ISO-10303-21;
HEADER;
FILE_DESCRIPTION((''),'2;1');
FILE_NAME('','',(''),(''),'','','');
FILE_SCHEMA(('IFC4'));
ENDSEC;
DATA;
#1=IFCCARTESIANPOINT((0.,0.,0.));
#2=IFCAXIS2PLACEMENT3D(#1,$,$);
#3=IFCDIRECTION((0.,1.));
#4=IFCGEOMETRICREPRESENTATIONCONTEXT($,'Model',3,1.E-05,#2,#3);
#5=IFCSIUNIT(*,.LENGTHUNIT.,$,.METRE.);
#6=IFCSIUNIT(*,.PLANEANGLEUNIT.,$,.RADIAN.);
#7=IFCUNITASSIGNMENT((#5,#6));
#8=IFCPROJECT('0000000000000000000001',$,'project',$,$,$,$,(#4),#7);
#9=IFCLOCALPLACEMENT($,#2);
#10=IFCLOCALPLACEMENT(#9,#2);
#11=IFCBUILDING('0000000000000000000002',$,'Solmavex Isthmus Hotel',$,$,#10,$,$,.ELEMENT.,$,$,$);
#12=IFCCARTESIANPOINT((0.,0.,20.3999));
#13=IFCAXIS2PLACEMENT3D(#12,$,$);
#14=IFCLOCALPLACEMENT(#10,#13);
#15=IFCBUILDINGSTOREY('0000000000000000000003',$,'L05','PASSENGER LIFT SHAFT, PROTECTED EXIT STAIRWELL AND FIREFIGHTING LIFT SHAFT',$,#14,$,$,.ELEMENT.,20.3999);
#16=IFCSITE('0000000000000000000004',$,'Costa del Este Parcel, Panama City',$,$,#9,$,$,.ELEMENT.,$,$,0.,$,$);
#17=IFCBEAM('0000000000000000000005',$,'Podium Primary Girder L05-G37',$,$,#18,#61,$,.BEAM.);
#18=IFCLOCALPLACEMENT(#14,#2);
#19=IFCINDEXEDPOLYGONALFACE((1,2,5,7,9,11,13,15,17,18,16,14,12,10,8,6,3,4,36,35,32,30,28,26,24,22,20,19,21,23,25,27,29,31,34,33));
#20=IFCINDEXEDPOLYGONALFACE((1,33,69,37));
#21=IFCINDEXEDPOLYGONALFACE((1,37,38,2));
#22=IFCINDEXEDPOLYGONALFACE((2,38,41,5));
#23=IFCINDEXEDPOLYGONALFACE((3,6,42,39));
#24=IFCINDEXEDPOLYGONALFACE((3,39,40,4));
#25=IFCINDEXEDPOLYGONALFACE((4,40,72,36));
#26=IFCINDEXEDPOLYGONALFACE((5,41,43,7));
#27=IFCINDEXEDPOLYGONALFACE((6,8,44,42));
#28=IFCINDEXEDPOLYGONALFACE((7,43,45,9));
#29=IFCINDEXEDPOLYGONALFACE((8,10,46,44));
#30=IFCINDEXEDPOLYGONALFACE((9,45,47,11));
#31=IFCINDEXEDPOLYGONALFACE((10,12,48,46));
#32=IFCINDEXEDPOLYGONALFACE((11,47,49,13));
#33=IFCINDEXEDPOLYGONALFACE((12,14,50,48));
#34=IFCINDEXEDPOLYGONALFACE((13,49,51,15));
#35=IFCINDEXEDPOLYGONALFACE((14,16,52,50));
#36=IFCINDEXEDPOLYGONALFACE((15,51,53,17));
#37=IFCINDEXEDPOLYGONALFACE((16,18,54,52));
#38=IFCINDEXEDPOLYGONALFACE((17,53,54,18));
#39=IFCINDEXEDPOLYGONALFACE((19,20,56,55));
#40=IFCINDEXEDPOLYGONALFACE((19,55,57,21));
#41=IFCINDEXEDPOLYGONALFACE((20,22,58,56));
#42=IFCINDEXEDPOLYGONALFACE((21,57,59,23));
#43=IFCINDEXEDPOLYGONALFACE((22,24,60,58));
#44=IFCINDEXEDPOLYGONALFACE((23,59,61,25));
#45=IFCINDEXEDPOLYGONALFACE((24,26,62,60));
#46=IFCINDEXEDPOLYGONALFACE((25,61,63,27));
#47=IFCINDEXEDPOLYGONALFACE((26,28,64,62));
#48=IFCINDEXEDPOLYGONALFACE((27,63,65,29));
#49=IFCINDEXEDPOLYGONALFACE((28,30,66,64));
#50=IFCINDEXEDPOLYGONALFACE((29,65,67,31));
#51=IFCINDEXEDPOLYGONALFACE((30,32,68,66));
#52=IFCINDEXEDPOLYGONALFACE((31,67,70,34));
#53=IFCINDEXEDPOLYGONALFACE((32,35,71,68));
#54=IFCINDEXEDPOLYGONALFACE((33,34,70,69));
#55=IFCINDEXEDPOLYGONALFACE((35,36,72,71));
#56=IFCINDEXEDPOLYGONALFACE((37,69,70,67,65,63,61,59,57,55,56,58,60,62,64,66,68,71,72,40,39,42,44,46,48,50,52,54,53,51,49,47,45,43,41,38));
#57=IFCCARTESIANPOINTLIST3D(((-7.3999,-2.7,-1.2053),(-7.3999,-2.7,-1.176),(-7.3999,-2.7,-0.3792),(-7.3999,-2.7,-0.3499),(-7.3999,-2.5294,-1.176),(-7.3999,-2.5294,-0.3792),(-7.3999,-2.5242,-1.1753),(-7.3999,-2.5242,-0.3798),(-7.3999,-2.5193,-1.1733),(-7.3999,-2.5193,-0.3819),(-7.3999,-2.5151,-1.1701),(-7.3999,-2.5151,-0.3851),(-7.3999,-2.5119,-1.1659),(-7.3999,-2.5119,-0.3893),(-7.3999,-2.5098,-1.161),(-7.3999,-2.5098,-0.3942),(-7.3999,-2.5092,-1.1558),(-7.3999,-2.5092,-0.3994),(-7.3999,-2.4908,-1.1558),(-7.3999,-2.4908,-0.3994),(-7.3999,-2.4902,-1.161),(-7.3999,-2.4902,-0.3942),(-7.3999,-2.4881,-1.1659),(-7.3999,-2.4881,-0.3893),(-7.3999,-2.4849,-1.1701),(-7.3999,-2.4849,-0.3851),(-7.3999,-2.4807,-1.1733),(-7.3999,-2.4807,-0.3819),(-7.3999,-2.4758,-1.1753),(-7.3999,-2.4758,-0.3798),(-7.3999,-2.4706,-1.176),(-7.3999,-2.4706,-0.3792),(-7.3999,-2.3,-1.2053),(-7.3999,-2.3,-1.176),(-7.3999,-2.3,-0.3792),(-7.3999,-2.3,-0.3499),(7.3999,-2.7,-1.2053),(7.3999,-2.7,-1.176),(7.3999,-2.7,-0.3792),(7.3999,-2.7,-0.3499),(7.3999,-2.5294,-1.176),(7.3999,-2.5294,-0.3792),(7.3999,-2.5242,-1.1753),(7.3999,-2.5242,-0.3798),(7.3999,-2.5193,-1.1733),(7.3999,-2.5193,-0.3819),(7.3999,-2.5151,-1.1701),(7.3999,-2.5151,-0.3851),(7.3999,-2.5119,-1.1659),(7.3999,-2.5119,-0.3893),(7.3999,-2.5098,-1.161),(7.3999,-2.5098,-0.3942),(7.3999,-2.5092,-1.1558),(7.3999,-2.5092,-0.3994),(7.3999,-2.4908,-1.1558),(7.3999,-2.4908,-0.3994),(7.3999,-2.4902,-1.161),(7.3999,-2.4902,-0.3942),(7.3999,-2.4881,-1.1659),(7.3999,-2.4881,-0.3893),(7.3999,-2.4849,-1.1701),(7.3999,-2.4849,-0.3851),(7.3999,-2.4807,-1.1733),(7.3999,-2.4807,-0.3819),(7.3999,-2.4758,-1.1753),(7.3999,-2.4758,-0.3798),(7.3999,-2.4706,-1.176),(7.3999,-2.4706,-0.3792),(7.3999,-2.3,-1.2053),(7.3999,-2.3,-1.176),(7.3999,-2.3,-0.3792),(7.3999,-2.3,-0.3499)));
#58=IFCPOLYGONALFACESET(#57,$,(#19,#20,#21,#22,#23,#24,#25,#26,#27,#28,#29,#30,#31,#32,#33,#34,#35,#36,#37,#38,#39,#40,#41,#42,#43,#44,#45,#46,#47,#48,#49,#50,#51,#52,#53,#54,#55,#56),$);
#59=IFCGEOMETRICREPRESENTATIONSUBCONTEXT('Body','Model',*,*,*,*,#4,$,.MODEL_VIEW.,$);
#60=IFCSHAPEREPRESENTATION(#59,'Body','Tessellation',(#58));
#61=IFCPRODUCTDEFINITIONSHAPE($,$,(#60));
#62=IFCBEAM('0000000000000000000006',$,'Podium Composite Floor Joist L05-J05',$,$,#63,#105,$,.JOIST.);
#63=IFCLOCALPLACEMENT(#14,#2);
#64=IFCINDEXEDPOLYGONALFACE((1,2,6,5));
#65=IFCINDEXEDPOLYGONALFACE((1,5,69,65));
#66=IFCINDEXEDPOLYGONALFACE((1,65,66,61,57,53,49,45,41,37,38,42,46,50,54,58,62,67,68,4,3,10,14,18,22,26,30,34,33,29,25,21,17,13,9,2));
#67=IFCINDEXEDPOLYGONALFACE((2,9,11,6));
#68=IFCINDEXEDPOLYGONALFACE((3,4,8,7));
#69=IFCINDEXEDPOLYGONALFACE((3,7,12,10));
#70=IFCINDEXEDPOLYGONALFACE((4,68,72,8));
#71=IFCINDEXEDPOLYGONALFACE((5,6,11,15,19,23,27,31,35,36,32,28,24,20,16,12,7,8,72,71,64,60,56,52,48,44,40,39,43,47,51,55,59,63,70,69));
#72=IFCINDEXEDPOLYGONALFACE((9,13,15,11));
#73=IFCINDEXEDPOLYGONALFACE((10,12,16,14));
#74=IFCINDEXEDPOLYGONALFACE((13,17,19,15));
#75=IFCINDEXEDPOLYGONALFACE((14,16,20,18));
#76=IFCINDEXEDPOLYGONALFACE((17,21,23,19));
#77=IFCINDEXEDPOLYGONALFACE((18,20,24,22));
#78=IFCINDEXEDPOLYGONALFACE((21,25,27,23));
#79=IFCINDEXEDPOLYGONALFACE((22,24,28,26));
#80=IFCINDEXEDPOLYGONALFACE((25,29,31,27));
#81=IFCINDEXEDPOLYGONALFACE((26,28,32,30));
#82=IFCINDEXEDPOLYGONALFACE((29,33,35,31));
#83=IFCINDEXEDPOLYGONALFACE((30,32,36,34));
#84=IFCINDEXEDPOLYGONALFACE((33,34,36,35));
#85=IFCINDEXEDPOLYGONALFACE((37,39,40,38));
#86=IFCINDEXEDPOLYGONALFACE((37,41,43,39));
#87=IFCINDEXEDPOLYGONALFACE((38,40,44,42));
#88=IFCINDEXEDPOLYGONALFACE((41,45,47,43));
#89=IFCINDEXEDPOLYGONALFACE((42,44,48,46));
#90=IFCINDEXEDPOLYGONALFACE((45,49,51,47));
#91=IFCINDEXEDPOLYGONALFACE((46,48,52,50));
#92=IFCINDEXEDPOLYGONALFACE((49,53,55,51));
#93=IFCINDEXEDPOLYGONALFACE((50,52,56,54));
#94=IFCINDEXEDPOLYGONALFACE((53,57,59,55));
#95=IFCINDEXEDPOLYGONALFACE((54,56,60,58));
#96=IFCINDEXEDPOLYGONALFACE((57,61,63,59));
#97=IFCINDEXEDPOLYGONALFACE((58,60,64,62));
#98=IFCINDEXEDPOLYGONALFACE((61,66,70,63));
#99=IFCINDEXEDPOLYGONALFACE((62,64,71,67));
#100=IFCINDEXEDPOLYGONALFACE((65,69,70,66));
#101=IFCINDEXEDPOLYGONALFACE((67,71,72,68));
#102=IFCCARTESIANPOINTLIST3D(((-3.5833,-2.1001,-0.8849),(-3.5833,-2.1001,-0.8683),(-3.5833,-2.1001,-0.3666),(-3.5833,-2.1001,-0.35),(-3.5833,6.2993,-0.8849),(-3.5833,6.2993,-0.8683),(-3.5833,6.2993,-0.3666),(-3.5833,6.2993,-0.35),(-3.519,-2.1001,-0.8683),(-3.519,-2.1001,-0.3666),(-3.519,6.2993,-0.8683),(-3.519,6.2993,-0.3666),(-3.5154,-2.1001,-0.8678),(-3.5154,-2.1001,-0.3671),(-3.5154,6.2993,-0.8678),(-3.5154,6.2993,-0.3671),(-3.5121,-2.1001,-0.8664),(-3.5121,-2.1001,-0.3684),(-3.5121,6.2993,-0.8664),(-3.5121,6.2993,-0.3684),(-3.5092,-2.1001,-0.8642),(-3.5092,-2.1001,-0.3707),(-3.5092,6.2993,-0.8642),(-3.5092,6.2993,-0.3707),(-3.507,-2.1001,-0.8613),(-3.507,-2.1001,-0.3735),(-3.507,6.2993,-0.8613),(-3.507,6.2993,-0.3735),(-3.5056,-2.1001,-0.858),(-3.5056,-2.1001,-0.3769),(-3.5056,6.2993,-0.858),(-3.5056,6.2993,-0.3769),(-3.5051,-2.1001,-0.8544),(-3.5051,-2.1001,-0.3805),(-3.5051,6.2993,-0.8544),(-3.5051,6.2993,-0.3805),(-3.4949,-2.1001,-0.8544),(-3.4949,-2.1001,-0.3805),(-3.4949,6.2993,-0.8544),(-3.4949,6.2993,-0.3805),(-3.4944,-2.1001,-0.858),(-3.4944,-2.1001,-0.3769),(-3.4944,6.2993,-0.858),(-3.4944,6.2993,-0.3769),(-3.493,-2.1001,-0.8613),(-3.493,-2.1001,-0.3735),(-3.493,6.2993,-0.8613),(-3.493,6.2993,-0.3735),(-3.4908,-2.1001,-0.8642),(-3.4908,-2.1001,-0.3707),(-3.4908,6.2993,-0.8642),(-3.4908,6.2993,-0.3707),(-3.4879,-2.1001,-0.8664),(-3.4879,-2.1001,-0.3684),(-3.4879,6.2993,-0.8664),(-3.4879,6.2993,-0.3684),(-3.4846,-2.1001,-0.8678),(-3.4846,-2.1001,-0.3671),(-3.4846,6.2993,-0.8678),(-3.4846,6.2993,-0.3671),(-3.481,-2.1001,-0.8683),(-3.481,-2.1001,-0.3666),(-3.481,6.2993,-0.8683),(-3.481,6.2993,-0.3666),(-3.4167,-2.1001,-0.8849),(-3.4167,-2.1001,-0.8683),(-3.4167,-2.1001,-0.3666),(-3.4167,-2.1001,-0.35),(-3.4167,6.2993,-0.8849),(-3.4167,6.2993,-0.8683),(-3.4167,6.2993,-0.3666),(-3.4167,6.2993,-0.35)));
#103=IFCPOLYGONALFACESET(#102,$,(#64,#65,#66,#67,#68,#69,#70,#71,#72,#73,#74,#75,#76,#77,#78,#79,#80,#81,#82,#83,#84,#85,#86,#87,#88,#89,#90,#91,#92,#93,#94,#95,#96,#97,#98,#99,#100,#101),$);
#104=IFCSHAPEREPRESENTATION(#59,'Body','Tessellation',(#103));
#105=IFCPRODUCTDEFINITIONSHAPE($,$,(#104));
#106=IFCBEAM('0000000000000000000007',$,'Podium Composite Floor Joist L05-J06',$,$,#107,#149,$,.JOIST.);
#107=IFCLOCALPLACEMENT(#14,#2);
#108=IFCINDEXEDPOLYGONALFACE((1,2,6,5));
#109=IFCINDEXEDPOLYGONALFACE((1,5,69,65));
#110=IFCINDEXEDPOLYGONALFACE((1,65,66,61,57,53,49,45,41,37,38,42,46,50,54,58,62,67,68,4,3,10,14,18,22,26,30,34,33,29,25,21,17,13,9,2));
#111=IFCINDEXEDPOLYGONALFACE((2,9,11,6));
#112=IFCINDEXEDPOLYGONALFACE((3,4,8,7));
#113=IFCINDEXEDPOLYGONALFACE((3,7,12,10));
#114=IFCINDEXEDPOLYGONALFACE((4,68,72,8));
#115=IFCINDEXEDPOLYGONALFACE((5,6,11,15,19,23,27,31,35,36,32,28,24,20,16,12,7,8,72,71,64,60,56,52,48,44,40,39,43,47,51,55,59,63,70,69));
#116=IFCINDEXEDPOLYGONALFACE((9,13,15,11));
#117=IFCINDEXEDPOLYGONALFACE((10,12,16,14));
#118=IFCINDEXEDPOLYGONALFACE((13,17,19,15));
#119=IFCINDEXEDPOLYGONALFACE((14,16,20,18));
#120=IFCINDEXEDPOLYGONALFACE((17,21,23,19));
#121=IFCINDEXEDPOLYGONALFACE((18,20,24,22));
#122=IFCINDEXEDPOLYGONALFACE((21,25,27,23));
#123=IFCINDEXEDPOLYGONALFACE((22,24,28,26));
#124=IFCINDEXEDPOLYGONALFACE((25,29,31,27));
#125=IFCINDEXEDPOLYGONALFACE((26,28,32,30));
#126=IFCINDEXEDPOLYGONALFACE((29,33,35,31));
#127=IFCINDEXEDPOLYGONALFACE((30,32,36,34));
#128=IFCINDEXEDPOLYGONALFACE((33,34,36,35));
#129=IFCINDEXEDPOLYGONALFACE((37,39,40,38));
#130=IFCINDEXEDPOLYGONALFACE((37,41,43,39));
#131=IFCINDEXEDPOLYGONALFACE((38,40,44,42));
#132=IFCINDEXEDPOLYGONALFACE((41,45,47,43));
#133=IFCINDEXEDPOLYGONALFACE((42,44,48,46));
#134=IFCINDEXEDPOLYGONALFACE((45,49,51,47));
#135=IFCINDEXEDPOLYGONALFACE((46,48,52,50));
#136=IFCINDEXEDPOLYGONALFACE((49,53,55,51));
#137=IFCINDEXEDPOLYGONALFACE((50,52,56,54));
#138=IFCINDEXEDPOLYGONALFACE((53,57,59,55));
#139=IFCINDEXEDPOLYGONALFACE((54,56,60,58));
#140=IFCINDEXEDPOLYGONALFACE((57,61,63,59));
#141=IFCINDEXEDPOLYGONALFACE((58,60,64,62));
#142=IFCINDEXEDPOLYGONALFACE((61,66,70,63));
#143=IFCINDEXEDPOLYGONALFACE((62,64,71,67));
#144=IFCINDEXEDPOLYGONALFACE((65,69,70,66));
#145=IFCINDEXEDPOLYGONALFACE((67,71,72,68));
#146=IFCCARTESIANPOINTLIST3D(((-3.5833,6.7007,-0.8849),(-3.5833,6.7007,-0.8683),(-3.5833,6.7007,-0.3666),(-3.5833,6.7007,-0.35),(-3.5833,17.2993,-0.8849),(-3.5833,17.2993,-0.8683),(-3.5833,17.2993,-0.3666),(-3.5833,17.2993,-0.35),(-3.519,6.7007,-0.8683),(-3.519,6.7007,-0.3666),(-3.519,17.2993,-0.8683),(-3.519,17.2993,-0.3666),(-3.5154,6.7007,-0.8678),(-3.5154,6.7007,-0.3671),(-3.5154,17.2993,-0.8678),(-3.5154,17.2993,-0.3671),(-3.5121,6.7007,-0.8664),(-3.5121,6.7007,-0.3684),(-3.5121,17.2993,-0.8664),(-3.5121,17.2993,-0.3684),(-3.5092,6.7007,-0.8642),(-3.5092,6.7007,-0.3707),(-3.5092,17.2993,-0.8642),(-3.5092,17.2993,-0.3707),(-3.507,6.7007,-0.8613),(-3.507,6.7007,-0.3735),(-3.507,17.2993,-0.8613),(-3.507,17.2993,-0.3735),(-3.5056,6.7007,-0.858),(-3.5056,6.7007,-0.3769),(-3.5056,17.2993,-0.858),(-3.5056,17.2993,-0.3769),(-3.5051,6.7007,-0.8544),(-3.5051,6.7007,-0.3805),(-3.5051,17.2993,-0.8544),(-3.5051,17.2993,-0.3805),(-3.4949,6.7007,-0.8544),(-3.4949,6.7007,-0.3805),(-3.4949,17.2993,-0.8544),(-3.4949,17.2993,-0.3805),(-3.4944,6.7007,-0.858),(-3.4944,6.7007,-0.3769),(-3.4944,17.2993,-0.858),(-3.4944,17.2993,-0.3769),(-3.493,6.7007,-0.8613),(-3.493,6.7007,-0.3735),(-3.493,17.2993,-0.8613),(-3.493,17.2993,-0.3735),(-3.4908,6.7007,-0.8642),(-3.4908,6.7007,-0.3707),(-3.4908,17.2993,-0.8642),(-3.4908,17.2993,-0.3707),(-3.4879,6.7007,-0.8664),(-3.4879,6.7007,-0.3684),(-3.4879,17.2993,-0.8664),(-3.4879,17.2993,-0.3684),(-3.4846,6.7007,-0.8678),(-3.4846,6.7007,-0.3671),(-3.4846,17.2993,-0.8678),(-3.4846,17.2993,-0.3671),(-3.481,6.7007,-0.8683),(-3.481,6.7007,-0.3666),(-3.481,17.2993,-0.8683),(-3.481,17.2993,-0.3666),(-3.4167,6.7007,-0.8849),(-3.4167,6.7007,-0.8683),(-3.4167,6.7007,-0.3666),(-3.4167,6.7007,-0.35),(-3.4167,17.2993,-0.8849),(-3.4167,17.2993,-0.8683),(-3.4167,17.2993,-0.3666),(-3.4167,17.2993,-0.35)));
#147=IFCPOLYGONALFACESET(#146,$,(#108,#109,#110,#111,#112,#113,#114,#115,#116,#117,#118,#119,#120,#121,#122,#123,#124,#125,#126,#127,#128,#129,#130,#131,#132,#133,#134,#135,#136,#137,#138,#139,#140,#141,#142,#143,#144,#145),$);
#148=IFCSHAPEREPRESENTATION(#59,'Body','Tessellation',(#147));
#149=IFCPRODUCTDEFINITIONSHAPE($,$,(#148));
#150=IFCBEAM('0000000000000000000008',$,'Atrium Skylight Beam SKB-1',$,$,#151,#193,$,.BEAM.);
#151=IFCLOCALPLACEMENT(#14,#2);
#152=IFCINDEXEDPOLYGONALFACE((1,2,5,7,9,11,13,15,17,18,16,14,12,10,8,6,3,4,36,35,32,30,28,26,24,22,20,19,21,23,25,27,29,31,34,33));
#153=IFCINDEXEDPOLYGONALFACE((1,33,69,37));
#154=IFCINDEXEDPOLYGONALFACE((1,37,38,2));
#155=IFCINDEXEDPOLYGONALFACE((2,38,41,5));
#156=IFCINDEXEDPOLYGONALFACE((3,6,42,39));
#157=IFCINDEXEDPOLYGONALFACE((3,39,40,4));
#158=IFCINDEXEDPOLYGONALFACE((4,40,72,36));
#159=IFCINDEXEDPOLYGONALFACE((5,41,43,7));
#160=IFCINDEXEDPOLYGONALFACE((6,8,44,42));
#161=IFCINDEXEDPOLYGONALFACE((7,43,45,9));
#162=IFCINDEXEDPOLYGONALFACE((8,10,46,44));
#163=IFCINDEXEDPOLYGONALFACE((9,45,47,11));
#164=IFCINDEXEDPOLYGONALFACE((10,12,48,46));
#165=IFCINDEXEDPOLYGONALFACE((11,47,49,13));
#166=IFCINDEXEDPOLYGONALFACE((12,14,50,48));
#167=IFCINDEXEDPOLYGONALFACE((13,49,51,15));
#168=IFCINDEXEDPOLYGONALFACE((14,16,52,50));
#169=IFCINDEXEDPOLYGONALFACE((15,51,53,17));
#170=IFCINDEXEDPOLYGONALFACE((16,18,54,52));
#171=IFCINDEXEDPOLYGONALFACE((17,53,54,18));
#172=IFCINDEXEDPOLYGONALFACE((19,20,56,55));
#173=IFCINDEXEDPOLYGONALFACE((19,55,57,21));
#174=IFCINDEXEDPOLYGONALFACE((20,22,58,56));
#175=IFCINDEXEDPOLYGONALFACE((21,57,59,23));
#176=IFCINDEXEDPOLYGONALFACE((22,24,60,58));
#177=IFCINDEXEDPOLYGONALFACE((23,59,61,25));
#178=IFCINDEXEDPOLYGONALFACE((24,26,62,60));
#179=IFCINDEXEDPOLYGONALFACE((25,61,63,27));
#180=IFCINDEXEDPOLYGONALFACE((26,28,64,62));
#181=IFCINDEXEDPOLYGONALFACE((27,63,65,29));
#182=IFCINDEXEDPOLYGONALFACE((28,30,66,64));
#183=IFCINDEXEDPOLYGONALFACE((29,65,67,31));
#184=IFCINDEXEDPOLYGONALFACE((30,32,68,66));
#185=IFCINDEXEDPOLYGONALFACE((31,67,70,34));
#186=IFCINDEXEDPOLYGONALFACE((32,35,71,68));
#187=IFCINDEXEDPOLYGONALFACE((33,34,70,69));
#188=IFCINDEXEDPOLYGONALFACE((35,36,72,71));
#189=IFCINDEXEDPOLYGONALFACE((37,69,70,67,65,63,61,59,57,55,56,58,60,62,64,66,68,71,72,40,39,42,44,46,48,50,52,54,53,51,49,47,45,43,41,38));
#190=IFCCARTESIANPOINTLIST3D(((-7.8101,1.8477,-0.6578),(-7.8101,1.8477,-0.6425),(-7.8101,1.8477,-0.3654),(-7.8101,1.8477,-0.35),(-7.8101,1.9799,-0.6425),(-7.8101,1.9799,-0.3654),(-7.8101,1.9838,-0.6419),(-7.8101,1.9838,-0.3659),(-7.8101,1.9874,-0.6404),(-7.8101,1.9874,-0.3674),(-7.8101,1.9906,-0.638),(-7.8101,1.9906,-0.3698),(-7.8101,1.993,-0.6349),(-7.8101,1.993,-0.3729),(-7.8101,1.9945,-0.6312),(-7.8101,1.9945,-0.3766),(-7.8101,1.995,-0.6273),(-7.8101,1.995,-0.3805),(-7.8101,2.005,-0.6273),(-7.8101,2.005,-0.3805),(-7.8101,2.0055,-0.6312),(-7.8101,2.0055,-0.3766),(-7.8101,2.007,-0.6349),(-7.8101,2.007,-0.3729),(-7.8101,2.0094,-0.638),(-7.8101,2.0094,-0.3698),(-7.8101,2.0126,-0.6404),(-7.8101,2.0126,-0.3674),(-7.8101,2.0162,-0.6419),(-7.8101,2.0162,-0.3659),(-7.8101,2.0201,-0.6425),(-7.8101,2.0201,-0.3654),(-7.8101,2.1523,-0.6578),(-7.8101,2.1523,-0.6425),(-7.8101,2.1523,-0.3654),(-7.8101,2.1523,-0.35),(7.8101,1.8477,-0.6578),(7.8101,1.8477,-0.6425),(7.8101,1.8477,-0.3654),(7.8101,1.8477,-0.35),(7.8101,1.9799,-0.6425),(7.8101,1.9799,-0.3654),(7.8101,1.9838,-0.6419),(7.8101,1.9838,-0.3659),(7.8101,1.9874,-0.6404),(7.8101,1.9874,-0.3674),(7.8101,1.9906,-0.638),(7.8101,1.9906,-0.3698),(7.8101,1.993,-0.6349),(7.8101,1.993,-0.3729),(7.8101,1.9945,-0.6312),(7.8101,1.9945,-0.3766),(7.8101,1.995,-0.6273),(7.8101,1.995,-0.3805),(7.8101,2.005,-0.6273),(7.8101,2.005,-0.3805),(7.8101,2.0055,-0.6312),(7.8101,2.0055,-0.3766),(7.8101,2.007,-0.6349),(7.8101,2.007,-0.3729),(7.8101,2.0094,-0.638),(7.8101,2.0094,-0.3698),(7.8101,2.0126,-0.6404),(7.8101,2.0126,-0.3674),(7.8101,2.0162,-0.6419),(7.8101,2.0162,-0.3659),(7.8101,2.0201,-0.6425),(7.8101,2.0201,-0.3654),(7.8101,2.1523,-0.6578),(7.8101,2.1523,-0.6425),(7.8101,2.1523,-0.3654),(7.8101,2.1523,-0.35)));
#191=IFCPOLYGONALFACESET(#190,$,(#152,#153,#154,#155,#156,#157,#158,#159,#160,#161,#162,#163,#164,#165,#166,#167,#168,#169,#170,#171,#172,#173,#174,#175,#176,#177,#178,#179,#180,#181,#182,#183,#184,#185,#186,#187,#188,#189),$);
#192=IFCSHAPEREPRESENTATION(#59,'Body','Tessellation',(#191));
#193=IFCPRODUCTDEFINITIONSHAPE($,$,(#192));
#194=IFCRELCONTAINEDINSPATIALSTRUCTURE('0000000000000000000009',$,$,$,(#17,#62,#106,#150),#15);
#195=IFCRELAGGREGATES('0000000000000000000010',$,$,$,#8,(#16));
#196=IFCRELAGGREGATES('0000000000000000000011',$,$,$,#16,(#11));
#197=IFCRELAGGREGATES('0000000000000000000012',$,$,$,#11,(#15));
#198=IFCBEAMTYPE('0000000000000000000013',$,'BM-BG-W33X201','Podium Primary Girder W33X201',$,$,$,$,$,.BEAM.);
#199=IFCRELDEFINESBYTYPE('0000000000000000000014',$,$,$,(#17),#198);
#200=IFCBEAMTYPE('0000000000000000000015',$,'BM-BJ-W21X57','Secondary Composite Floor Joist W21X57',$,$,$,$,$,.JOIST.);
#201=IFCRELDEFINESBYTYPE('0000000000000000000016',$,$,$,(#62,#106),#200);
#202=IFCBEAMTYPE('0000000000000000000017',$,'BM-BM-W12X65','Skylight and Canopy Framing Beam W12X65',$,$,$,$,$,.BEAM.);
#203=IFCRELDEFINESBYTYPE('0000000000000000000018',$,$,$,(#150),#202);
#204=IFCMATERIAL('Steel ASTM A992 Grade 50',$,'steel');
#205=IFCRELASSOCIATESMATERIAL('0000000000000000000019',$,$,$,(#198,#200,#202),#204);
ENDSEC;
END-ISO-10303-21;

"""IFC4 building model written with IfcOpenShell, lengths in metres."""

from ifc_helpers import new_model, si_unit, direction, frame, origin, origin_2d, place, context, subcontext, project, spatial, i_section, extrude, material, material_profile, profile_set, type_object, element, save


model = new_model("IFC4")

# Units and contexts
model_context = context("Model", 3, precision=1e-05, world=origin(), true_north=direction((0.0, 1.0)))
body_context = subcontext(model_context, "Body", "Model", "MODEL_VIEW")
ifc_project = project(units=[si_unit("LENGTHUNIT", "METRE"), si_unit("PLANEANGLEUNIT", "RADIAN")], contexts=[model_context])

# Site, building, storey
site_placement = place(None, origin())
site = spatial("IfcSite", under=ifc_project, at=site_placement, Name="Costa del Este Parcel, Panama City", CompositionType="ELEMENT", RefElevation=0.0)
building_placement = place(site_placement, origin())
building = spatial("IfcBuilding", under=site, at=building_placement, Name="Solmavex Isthmus Hotel", CompositionType="ELEMENT")
storey_placement = place(building_placement, frame((0.0, 0.0, 20.3999)))
storey = spatial("IfcBuildingStorey", under=building, at=storey_placement, Name="L05", Description="PASSENGER LIFT SHAFT, PROTECTED EXIT STAIRWELL AND FIREFIGHTING LIFT SHAFT", CompositionType="ELEMENT", Elevation=20.3999)

# Beams
ifc_material_1 = material(Name="Steel ASTM A992 Grade 50", Category="steel")
ifc_material_profile_1 = material_profile(ifc_material_1, i_section(OverallWidth=0.3999, OverallDepth=0.8555, WebThickness=0.0183, FlangeThickness=0.0293, FilletRadius=0.0203, at=origin_2d()), Name="W33X201")
ifc_profile_set_1 = profile_set([ifc_material_profile_1], Name="Steel ASTM A992 Grade 50")
beam_type_1 = type_object("IfcBeamType", Name="BM-BG-W33X201", Description="Podium Primary Girder W33X201", PredefinedType="BEAM", material=ifc_profile_set_1)
beam_1_placement = place(storey_placement, frame((-7.3999, -2.5, -0.7776), z_axis=(1.0, 0.0, 0.0), x_axis=(0.0, 1.0, 0.0)))
element("IfcBeam", 1, at=beam_1_placement, inside=storey, type_object=beam_type_1, Name="Podium Primary Girder L05-G37", PredefinedType="BEAM", context=body_context, shape_type="SweptSolid", body=[
    extrude(i_section(OverallWidth=0.3999, OverallDepth=0.8555, WebThickness=0.0183, FlangeThickness=0.0293, FilletRadius=0.0203, at=origin_2d()), origin(), (0.0, 0.0, 1.0), 14.7998),
])
ifc_material_profile_2 = material_profile(ifc_material_1, i_section(OverallWidth=0.1665, OverallDepth=0.5349, WebThickness=0.0103, FlangeThickness=0.0166, FilletRadius=0.0139, at=origin_2d()), Name="W21X57")
ifc_profile_set_2 = profile_set([ifc_material_profile_2], Name="Steel ASTM A992 Grade 50")
beam_type_2 = type_object("IfcBeamType", Name="BM-BJ-W21X57", Description="Secondary Composite Floor Joist W21X57", PredefinedType="JOIST", material=ifc_profile_set_2)
beam_2_placement = place(storey_placement, frame((-3.5, -2.1001, -0.6174), z_axis=(0.0, 1.0, 0.0), x_axis=(-1.0, 0.0, 0.0)))
element("IfcBeam", 2, at=beam_2_placement, inside=storey, type_object=beam_type_2, Name="Podium Composite Floor Joist L05-J05", PredefinedType="JOIST", context=body_context, shape_type="SweptSolid", body=[
    extrude(i_section(OverallWidth=0.1665, OverallDepth=0.5349, WebThickness=0.0103, FlangeThickness=0.0166, FilletRadius=0.0139, at=origin_2d()), origin(), (0.0, 0.0, 1.0), 8.3994),
])
beam_3_placement = place(storey_placement, frame((-3.5, 6.7007, -0.6174), z_axis=(0.0, 1.0, 0.0), x_axis=(-1.0, 0.0, 0.0)))
element("IfcBeam", 3, at=beam_3_placement, inside=storey, type_object=beam_type_2, Name="Podium Composite Floor Joist L05-J06", PredefinedType="JOIST", context=body_context, shape_type="SweptSolid", body=[
    extrude(i_section(OverallWidth=0.1665, OverallDepth=0.5349, WebThickness=0.0103, FlangeThickness=0.0166, FilletRadius=0.0139, at=origin_2d()), origin(), (0.0, 0.0, 1.0), 10.5986),
])
ifc_material_profile_3 = material_profile(ifc_material_1, i_section(OverallWidth=0.3047, OverallDepth=0.3079, WebThickness=0.01, FlangeThickness=0.0154, FilletRadius=0.0151, at=origin_2d()), Name="W12X65")
ifc_profile_set_3 = profile_set([ifc_material_profile_3], Name="Steel ASTM A992 Grade 50")
beam_type_3 = type_object("IfcBeamType", Name="BM-BM-W12X65", Description="Skylight and Canopy Framing Beam W12X65", PredefinedType="BEAM", material=ifc_profile_set_3)
for number, where, z_axis, x_axis, name in (
    (4, (-7.8101, 2.0, -0.5039), (1.0, 0.0, 0.0), (0.0, 1.0, 0.0), "Atrium Skylight Beam SKB-1"),
):
    element("IfcBeam", number, at=place(storey_placement, frame(where, z_axis=z_axis, x_axis=x_axis)), inside=storey, type_object=beam_type_3, Name=name, PredefinedType="BEAM", context=body_context, shape_type="SweptSolid", body=[
        extrude(i_section(OverallWidth=0.3047, OverallDepth=0.3079, WebThickness=0.01, FlangeThickness=0.0154, FilletRadius=0.0151, at=origin_2d()), origin(), (0.0, 0.0, 1.0), 15.6201),
    ])

save(model, "model.ifc")
